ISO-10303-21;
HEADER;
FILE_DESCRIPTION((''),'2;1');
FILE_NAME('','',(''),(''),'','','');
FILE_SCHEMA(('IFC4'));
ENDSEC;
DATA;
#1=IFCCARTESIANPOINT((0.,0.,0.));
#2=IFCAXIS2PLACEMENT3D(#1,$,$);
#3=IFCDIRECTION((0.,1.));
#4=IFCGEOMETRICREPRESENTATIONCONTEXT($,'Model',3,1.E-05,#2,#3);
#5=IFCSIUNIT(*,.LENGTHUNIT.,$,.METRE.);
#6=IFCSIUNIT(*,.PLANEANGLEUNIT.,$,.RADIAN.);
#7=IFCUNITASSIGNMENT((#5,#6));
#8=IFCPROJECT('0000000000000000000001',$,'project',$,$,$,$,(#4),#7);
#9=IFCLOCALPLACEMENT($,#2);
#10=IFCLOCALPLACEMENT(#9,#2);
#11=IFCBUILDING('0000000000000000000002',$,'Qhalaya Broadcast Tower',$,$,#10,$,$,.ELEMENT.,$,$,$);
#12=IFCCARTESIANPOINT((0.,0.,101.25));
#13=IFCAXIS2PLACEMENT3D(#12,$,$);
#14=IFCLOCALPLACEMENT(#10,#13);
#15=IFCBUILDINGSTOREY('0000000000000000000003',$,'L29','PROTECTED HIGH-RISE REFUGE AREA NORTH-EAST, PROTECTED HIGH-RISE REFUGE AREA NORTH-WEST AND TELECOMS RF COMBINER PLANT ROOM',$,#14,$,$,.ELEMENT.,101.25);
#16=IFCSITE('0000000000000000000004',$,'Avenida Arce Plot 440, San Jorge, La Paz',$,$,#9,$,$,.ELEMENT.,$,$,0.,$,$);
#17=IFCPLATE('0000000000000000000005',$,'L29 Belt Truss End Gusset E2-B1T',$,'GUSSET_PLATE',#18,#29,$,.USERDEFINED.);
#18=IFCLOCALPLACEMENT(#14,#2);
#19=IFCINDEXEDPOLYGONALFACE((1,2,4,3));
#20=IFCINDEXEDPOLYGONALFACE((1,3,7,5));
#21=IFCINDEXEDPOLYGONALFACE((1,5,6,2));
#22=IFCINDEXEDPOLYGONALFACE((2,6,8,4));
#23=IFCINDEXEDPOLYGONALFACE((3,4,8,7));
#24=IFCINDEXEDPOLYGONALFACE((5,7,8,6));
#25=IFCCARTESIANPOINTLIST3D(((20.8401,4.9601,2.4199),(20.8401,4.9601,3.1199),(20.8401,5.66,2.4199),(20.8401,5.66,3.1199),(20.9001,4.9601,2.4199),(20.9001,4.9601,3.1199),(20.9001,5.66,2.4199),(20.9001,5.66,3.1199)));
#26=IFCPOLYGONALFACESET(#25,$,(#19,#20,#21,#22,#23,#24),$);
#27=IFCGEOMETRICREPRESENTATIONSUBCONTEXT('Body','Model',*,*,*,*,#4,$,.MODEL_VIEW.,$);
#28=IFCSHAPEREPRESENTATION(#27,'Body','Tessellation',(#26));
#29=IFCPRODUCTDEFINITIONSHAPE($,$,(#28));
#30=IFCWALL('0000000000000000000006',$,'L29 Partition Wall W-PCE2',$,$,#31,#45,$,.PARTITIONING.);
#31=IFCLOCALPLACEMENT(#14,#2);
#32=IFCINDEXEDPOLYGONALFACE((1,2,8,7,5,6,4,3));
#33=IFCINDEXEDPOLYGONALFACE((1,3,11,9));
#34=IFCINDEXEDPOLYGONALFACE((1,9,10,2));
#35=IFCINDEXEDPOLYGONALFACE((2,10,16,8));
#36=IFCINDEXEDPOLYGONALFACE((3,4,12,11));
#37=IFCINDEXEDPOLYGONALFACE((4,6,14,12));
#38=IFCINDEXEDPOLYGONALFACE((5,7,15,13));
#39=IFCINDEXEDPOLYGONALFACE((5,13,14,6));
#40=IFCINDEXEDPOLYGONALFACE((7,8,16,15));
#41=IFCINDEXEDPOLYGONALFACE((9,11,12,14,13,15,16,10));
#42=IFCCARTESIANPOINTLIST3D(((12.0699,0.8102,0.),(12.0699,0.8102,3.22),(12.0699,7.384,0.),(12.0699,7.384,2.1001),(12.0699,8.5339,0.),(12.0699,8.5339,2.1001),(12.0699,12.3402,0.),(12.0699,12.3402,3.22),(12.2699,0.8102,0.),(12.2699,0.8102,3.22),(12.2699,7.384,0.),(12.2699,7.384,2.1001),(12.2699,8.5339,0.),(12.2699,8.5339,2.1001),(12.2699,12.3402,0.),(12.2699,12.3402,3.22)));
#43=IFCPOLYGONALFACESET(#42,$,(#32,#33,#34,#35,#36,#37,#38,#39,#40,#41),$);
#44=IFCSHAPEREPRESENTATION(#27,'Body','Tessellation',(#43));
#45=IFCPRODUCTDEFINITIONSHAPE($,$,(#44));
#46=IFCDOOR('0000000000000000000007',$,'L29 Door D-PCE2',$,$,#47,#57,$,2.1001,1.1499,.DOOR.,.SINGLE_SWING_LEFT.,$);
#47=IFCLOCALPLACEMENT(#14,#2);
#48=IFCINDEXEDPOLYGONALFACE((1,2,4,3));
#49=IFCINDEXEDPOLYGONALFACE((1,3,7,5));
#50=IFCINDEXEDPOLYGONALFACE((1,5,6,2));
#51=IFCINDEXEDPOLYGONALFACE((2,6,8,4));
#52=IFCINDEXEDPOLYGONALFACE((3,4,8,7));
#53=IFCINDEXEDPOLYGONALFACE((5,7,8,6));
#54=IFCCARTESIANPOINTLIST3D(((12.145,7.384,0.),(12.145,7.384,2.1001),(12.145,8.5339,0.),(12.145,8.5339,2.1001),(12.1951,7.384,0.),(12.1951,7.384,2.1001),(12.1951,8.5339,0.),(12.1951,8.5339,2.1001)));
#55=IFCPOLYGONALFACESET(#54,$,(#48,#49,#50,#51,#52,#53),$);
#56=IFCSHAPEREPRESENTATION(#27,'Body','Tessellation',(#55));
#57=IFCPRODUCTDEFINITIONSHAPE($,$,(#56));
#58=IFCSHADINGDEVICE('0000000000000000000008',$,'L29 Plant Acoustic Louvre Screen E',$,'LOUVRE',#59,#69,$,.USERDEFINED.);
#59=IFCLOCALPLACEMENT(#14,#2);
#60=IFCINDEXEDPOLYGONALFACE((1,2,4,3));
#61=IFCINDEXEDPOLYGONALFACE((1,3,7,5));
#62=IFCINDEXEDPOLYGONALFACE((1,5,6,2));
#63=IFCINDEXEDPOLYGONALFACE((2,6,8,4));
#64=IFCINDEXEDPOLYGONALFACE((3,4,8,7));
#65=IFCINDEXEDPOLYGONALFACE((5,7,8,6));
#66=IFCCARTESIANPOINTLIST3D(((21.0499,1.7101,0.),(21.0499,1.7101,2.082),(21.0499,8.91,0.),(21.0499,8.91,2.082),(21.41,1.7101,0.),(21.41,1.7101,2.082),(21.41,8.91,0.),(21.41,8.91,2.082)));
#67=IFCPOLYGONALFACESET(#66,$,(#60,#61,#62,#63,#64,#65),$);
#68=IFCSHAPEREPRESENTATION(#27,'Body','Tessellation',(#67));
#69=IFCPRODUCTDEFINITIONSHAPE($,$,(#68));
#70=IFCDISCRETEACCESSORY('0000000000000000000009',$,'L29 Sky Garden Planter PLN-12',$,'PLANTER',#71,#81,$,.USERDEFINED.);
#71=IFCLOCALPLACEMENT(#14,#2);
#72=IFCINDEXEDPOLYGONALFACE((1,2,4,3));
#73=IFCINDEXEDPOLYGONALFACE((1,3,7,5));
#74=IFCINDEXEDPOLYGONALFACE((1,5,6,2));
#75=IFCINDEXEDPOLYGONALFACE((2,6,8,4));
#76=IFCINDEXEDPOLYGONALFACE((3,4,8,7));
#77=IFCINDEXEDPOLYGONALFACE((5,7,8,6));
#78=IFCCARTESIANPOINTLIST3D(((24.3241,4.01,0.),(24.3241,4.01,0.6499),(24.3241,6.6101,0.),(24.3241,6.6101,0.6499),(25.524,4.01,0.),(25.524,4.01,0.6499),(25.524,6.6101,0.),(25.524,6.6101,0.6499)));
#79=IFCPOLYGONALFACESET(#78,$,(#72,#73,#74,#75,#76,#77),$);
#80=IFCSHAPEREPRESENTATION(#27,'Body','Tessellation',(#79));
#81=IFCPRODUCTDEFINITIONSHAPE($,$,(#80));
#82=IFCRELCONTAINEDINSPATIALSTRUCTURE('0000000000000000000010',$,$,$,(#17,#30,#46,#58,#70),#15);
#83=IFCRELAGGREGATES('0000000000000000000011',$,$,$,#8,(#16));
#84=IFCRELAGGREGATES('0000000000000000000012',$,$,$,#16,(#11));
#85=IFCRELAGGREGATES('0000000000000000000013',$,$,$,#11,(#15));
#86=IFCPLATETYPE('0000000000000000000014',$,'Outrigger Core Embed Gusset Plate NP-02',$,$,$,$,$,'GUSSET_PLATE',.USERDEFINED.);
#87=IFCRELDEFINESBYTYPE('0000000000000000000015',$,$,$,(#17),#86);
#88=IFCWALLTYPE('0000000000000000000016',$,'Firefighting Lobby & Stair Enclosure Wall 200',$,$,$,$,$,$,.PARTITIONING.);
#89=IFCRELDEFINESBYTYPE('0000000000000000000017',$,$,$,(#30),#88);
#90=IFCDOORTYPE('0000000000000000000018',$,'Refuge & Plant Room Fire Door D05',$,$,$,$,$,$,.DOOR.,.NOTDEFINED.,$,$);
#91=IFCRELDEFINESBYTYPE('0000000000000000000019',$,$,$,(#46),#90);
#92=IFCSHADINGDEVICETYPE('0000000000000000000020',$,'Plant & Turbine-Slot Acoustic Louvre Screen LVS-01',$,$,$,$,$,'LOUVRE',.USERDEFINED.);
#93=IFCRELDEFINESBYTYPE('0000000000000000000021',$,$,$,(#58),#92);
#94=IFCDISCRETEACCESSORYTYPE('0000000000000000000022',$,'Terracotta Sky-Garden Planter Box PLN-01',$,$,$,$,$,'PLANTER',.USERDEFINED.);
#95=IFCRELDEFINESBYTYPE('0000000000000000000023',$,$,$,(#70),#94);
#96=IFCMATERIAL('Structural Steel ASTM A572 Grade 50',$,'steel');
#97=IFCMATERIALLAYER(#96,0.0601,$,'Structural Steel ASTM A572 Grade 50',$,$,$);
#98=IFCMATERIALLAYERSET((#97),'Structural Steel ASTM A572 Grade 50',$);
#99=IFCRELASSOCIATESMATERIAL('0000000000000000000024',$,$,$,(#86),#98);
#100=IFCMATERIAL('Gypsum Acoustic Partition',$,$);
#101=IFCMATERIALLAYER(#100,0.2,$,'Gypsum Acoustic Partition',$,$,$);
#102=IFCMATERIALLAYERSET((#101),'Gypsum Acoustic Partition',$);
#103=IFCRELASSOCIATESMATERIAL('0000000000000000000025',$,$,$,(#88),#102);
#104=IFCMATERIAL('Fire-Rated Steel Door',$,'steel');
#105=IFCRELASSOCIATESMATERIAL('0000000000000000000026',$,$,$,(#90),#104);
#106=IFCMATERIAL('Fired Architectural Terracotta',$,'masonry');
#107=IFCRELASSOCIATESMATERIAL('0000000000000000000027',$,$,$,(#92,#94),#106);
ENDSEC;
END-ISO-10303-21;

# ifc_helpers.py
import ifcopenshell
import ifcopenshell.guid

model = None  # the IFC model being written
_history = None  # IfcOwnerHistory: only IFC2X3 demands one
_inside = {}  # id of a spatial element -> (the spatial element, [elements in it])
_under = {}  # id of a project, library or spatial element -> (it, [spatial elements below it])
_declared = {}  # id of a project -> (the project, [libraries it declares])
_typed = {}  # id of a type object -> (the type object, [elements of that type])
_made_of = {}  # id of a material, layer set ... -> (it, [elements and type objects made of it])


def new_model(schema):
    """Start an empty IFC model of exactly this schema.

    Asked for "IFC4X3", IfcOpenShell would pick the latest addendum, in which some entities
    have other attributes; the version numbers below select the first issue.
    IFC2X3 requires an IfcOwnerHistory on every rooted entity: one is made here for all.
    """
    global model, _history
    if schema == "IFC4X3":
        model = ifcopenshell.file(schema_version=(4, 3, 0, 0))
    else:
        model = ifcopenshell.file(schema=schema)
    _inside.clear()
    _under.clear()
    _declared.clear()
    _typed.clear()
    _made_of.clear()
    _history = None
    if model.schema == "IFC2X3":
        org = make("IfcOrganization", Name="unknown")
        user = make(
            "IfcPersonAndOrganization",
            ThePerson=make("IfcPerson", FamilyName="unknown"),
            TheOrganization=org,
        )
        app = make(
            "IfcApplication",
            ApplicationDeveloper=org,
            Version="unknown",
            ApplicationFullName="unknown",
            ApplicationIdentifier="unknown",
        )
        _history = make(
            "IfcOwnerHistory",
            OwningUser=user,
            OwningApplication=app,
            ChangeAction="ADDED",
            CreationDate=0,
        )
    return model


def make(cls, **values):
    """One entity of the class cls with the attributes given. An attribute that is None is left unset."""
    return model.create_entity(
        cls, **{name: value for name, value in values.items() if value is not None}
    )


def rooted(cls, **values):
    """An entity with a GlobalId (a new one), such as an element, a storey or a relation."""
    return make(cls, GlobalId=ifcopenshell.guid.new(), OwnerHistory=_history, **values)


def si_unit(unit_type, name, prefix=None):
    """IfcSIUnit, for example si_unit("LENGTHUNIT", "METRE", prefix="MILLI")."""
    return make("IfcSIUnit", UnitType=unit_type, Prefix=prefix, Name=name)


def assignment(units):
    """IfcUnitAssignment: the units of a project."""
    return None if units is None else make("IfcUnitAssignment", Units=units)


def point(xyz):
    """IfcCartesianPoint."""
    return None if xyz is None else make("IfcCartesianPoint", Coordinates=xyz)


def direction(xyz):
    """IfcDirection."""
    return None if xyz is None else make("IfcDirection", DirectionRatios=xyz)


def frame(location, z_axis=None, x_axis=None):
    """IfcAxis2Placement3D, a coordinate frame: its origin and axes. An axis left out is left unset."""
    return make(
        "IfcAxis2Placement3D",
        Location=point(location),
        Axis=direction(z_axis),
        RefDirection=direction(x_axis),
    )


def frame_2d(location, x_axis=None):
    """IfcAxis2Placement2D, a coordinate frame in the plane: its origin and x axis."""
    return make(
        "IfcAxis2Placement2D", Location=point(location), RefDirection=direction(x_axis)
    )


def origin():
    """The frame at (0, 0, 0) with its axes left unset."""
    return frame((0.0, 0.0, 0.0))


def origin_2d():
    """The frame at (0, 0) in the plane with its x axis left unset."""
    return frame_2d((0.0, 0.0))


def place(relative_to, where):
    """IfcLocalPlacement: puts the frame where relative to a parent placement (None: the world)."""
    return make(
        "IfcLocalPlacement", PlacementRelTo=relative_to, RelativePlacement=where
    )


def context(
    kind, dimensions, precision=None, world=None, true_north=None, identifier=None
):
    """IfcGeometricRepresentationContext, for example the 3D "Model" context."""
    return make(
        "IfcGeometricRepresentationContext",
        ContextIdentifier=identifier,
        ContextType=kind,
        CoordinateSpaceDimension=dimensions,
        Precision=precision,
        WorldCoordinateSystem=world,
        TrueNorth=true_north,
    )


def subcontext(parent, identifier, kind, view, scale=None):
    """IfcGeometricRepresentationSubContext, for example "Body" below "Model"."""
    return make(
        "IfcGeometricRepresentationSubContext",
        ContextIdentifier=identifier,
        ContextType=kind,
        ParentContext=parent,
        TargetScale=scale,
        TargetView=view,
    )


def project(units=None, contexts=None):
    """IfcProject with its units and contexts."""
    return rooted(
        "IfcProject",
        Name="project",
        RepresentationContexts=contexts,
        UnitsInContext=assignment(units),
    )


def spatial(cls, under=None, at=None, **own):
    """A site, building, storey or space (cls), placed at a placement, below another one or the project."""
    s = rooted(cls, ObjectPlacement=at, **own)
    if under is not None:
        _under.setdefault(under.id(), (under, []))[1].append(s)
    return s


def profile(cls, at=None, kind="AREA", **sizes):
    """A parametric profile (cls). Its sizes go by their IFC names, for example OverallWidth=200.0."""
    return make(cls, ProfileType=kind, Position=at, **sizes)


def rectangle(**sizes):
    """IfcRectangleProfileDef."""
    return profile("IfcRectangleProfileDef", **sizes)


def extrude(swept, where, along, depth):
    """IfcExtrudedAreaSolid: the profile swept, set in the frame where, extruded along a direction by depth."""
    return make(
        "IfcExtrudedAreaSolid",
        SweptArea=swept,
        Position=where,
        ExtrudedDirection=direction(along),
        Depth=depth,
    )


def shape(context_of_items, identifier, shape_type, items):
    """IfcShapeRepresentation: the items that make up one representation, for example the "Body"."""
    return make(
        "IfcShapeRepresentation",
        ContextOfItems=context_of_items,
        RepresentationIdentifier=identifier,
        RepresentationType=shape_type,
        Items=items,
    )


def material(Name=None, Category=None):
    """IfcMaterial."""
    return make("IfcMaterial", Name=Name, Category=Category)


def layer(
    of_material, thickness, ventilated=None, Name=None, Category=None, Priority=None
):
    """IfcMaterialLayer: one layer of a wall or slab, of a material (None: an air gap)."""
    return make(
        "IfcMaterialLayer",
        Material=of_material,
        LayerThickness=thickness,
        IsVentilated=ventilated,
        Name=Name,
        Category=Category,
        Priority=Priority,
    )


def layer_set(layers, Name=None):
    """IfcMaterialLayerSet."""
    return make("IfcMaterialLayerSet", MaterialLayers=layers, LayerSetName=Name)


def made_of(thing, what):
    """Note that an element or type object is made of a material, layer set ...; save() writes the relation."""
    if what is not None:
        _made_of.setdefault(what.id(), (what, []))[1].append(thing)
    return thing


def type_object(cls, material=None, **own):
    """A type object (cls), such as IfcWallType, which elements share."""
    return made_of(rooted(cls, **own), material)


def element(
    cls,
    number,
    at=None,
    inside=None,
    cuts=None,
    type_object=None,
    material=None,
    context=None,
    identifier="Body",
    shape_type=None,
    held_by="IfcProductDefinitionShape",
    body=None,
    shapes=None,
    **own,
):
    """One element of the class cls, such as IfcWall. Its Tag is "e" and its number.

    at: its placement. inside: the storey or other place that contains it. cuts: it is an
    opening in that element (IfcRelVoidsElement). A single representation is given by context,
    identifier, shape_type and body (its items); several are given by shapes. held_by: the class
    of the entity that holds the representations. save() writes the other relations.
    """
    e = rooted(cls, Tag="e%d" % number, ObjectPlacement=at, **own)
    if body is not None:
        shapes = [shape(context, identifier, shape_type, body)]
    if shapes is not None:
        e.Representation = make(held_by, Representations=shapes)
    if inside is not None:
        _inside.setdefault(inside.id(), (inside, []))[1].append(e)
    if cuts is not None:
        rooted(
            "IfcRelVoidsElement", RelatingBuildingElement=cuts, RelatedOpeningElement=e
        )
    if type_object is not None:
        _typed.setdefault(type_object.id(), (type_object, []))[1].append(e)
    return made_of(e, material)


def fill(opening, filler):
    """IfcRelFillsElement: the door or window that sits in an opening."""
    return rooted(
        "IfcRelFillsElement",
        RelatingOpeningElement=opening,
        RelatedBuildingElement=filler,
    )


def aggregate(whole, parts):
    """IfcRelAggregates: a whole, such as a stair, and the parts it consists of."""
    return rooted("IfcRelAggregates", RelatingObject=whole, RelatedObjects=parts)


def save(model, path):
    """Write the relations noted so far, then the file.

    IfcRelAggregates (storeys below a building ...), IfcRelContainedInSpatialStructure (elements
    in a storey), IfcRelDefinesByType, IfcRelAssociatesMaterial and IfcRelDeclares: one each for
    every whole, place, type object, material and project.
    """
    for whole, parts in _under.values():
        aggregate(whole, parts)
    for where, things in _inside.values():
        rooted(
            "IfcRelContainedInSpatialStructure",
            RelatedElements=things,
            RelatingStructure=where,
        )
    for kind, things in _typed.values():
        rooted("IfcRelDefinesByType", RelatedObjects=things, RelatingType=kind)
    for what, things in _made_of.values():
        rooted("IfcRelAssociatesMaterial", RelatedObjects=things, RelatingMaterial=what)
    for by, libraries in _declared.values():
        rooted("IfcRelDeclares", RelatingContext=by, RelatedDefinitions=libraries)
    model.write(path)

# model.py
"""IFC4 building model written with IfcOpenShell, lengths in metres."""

from ifc_helpers import new_model, si_unit, direction, frame, frame_2d, origin, origin_2d, place, context, subcontext, project, spatial, rectangle, extrude, material, layer, layer_set, type_object, element, fill, save


model = new_model("IFC4")

# Units and contexts
model_context = context("Model", 3, precision=1e-05, world=origin(), true_north=direction((0.0, 1.0)))
body_context = subcontext(model_context, "Body", "Model", "MODEL_VIEW")
ifc_project = project(units=[si_unit("LENGTHUNIT", "METRE"), si_unit("PLANEANGLEUNIT", "RADIAN")], contexts=[model_context])

# Site, building, storey
site_placement = place(None, origin())
site = spatial("IfcSite", under=ifc_project, at=site_placement, Name="Avenida Arce Plot 440, San Jorge, La Paz", CompositionType="ELEMENT", RefElevation=0.0)
building_placement = place(site_placement, origin())
building = spatial("IfcBuilding", under=site, at=building_placement, Name="Qhalaya Broadcast Tower", CompositionType="ELEMENT")
storey_placement = place(building_placement, frame((0.0, 0.0, 101.25)))
storey = spatial("IfcBuildingStorey", under=building, at=storey_placement, Name="L29", Description="PROTECTED HIGH-RISE REFUGE AREA NORTH-EAST, PROTECTED HIGH-RISE REFUGE AREA NORTH-WEST AND TELECOMS RF COMBINER PLANT ROOM", CompositionType="ELEMENT", Elevation=101.25)

# Shared definitions
ifc_material_1 = material(Name="Structural Steel ASTM A572 Grade 50", Category="steel")

# Plate
ifc_layer_1 = layer(ifc_material_1, 0.0601, Name="Structural Steel ASTM A572 Grade 50")
ifc_layer_set_1 = layer_set([ifc_layer_1], Name="Structural Steel ASTM A572 Grade 50")
plate_type_1 = type_object("IfcPlateType", Name="Outrigger Core Embed Gusset Plate NP-02", ElementType="GUSSET_PLATE", PredefinedType="USERDEFINED", material=ifc_layer_set_1)
for number, where, z_axis, x_axis, name in (
    (1, (20.8701, 5.3101, 2.4199), (0.0, 0.0, 1.0), (0.0, 1.0, 0.0), "L29 Belt Truss End Gusset E2-B1T"),
):
    element("IfcPlate", number, at=place(storey_placement, frame(where, z_axis=z_axis, x_axis=x_axis)), inside=storey, type_object=plate_type_1, Name=name, ObjectType="GUSSET_PLATE", PredefinedType="USERDEFINED", context=body_context, shape_type="SweptSolid", body=[
        extrude(rectangle(XDim=0.7, YDim=0.0601, at=origin_2d()), origin(), (0.0, 0.0, 1.0), 0.7),
    ])

# Wall, opening, door
ifc_material_2 = material(Name="Gypsum Acoustic Partition")
ifc_layer_2 = layer(ifc_material_2, 0.2, Name="Gypsum Acoustic Partition")
ifc_layer_set_2 = layer_set([ifc_layer_2], Name="Gypsum Acoustic Partition")
wall_type = type_object("IfcWallType", Name="Firefighting Lobby & Stair Enclosure Wall 200", PredefinedType="PARTITIONING", material=ifc_layer_set_2)
wall_placement = place(storey_placement, frame((12.1699, 0.8101, 0.0), z_axis=(0.0, 0.0, 1.0), x_axis=(0.0, 1.0, 0.0)))
wall = element("IfcWall", 2, at=wall_placement, inside=storey, type_object=wall_type, Name="L29 Partition Wall W-PCE2", PredefinedType="PARTITIONING", context=body_context, shape_type="SweptSolid", body=[
    extrude(rectangle(XDim=11.53, YDim=0.2, at=frame_2d((5.7651, 0.0))), origin(), (0.0, 0.0, 1.0), 3.22),
])
opening_placement = place(wall_placement, frame((6.574, 0.0, 0.0)))
opening = element("IfcOpeningElement", 3, at=opening_placement, cuts=wall, PredefinedType="OPENING", context=body_context, shape_type="SweptSolid", body=[
    extrude(rectangle(XDim=1.1499, YDim=2.1001, at=frame_2d((0.575, 1.05))), frame((0.0, 0.1121, 0.0), z_axis=(0.0, -1.0, 0.0), x_axis=(1.0, 0.0, 0.0)), (0.0, 0.0, 1.0), 0.2239),
])
ifc_material_3 = material(Name="Fire-Rated Steel Door", Category="steel")
door_type = type_object("IfcDoorType", Name="Refuge & Plant Room Fire Door D05", OperationType="NOTDEFINED", PredefinedType="DOOR", material=ifc_material_3)
door_placement = place(opening_placement, origin())
door = element("IfcDoor", 4, at=door_placement, inside=storey, type_object=door_type, Name="L29 Door D-PCE2", OperationType="SINGLE_SWING_LEFT", OverallHeight=2.1001, OverallWidth=1.1499, PredefinedType="DOOR", context=body_context, shape_type="SweptSolid", body=[
    extrude(rectangle(XDim=1.1499, YDim=2.1001, at=frame_2d((0.575, 1.05))), frame((0.0, 0.0249, 0.0), z_axis=(0.0, -1.0, 0.0), x_axis=(1.0, 0.0, 0.0)), (0.0, 0.0, 1.0), 0.05),
])
fill(opening, door)

# Shading device
ifc_material_4 = material(Name="Fired Architectural Terracotta", Category="masonry")
shading_device_type = type_object("IfcShadingDeviceType", Name="Plant & Turbine-Slot Acoustic Louvre Screen LVS-01", ElementType="LOUVRE", PredefinedType="USERDEFINED", material=ifc_material_4)
shading_device_placement = place(storey_placement, frame((21.23, 5.3101, 0.0), z_axis=(0.0, 0.0, 1.0), x_axis=(0.0, -1.0, 0.0)))
element("IfcShadingDevice", 5, at=shading_device_placement, inside=storey, type_object=shading_device_type, Name="L29 Plant Acoustic Louvre Screen E", ObjectType="LOUVRE", PredefinedType="USERDEFINED", context=body_context, shape_type="SweptSolid", body=[
    extrude(rectangle(XDim=7.2, YDim=0.3601, at=origin_2d()), origin(), (0.0, 0.0, 1.0), 2.082),
])

# Discrete accessory
discrete_accessory_type = type_object("IfcDiscreteAccessoryType", Name="Terracotta Sky-Garden Planter Box PLN-01", ElementType="PLANTER", PredefinedType="USERDEFINED", material=ifc_material_4)
discrete_accessory_placement = place(storey_placement, frame((24.9241, 5.3101, 0.0), z_axis=(0.0, 0.0, 1.0), x_axis=(1.0, 0.0, 0.0)))
element("IfcDiscreteAccessory", 6, at=discrete_accessory_placement, inside=storey, type_object=discrete_accessory_type, Name="L29 Sky Garden Planter PLN-12", ObjectType="PLANTER", PredefinedType="USERDEFINED", context=body_context, shape_type="SweptSolid", body=[
    extrude(rectangle(XDim=1.2, YDim=2.6001, at=origin_2d()), origin(), (0.0, 0.0, 1.0), 0.6499),
])

save(model, "model.ifc")
